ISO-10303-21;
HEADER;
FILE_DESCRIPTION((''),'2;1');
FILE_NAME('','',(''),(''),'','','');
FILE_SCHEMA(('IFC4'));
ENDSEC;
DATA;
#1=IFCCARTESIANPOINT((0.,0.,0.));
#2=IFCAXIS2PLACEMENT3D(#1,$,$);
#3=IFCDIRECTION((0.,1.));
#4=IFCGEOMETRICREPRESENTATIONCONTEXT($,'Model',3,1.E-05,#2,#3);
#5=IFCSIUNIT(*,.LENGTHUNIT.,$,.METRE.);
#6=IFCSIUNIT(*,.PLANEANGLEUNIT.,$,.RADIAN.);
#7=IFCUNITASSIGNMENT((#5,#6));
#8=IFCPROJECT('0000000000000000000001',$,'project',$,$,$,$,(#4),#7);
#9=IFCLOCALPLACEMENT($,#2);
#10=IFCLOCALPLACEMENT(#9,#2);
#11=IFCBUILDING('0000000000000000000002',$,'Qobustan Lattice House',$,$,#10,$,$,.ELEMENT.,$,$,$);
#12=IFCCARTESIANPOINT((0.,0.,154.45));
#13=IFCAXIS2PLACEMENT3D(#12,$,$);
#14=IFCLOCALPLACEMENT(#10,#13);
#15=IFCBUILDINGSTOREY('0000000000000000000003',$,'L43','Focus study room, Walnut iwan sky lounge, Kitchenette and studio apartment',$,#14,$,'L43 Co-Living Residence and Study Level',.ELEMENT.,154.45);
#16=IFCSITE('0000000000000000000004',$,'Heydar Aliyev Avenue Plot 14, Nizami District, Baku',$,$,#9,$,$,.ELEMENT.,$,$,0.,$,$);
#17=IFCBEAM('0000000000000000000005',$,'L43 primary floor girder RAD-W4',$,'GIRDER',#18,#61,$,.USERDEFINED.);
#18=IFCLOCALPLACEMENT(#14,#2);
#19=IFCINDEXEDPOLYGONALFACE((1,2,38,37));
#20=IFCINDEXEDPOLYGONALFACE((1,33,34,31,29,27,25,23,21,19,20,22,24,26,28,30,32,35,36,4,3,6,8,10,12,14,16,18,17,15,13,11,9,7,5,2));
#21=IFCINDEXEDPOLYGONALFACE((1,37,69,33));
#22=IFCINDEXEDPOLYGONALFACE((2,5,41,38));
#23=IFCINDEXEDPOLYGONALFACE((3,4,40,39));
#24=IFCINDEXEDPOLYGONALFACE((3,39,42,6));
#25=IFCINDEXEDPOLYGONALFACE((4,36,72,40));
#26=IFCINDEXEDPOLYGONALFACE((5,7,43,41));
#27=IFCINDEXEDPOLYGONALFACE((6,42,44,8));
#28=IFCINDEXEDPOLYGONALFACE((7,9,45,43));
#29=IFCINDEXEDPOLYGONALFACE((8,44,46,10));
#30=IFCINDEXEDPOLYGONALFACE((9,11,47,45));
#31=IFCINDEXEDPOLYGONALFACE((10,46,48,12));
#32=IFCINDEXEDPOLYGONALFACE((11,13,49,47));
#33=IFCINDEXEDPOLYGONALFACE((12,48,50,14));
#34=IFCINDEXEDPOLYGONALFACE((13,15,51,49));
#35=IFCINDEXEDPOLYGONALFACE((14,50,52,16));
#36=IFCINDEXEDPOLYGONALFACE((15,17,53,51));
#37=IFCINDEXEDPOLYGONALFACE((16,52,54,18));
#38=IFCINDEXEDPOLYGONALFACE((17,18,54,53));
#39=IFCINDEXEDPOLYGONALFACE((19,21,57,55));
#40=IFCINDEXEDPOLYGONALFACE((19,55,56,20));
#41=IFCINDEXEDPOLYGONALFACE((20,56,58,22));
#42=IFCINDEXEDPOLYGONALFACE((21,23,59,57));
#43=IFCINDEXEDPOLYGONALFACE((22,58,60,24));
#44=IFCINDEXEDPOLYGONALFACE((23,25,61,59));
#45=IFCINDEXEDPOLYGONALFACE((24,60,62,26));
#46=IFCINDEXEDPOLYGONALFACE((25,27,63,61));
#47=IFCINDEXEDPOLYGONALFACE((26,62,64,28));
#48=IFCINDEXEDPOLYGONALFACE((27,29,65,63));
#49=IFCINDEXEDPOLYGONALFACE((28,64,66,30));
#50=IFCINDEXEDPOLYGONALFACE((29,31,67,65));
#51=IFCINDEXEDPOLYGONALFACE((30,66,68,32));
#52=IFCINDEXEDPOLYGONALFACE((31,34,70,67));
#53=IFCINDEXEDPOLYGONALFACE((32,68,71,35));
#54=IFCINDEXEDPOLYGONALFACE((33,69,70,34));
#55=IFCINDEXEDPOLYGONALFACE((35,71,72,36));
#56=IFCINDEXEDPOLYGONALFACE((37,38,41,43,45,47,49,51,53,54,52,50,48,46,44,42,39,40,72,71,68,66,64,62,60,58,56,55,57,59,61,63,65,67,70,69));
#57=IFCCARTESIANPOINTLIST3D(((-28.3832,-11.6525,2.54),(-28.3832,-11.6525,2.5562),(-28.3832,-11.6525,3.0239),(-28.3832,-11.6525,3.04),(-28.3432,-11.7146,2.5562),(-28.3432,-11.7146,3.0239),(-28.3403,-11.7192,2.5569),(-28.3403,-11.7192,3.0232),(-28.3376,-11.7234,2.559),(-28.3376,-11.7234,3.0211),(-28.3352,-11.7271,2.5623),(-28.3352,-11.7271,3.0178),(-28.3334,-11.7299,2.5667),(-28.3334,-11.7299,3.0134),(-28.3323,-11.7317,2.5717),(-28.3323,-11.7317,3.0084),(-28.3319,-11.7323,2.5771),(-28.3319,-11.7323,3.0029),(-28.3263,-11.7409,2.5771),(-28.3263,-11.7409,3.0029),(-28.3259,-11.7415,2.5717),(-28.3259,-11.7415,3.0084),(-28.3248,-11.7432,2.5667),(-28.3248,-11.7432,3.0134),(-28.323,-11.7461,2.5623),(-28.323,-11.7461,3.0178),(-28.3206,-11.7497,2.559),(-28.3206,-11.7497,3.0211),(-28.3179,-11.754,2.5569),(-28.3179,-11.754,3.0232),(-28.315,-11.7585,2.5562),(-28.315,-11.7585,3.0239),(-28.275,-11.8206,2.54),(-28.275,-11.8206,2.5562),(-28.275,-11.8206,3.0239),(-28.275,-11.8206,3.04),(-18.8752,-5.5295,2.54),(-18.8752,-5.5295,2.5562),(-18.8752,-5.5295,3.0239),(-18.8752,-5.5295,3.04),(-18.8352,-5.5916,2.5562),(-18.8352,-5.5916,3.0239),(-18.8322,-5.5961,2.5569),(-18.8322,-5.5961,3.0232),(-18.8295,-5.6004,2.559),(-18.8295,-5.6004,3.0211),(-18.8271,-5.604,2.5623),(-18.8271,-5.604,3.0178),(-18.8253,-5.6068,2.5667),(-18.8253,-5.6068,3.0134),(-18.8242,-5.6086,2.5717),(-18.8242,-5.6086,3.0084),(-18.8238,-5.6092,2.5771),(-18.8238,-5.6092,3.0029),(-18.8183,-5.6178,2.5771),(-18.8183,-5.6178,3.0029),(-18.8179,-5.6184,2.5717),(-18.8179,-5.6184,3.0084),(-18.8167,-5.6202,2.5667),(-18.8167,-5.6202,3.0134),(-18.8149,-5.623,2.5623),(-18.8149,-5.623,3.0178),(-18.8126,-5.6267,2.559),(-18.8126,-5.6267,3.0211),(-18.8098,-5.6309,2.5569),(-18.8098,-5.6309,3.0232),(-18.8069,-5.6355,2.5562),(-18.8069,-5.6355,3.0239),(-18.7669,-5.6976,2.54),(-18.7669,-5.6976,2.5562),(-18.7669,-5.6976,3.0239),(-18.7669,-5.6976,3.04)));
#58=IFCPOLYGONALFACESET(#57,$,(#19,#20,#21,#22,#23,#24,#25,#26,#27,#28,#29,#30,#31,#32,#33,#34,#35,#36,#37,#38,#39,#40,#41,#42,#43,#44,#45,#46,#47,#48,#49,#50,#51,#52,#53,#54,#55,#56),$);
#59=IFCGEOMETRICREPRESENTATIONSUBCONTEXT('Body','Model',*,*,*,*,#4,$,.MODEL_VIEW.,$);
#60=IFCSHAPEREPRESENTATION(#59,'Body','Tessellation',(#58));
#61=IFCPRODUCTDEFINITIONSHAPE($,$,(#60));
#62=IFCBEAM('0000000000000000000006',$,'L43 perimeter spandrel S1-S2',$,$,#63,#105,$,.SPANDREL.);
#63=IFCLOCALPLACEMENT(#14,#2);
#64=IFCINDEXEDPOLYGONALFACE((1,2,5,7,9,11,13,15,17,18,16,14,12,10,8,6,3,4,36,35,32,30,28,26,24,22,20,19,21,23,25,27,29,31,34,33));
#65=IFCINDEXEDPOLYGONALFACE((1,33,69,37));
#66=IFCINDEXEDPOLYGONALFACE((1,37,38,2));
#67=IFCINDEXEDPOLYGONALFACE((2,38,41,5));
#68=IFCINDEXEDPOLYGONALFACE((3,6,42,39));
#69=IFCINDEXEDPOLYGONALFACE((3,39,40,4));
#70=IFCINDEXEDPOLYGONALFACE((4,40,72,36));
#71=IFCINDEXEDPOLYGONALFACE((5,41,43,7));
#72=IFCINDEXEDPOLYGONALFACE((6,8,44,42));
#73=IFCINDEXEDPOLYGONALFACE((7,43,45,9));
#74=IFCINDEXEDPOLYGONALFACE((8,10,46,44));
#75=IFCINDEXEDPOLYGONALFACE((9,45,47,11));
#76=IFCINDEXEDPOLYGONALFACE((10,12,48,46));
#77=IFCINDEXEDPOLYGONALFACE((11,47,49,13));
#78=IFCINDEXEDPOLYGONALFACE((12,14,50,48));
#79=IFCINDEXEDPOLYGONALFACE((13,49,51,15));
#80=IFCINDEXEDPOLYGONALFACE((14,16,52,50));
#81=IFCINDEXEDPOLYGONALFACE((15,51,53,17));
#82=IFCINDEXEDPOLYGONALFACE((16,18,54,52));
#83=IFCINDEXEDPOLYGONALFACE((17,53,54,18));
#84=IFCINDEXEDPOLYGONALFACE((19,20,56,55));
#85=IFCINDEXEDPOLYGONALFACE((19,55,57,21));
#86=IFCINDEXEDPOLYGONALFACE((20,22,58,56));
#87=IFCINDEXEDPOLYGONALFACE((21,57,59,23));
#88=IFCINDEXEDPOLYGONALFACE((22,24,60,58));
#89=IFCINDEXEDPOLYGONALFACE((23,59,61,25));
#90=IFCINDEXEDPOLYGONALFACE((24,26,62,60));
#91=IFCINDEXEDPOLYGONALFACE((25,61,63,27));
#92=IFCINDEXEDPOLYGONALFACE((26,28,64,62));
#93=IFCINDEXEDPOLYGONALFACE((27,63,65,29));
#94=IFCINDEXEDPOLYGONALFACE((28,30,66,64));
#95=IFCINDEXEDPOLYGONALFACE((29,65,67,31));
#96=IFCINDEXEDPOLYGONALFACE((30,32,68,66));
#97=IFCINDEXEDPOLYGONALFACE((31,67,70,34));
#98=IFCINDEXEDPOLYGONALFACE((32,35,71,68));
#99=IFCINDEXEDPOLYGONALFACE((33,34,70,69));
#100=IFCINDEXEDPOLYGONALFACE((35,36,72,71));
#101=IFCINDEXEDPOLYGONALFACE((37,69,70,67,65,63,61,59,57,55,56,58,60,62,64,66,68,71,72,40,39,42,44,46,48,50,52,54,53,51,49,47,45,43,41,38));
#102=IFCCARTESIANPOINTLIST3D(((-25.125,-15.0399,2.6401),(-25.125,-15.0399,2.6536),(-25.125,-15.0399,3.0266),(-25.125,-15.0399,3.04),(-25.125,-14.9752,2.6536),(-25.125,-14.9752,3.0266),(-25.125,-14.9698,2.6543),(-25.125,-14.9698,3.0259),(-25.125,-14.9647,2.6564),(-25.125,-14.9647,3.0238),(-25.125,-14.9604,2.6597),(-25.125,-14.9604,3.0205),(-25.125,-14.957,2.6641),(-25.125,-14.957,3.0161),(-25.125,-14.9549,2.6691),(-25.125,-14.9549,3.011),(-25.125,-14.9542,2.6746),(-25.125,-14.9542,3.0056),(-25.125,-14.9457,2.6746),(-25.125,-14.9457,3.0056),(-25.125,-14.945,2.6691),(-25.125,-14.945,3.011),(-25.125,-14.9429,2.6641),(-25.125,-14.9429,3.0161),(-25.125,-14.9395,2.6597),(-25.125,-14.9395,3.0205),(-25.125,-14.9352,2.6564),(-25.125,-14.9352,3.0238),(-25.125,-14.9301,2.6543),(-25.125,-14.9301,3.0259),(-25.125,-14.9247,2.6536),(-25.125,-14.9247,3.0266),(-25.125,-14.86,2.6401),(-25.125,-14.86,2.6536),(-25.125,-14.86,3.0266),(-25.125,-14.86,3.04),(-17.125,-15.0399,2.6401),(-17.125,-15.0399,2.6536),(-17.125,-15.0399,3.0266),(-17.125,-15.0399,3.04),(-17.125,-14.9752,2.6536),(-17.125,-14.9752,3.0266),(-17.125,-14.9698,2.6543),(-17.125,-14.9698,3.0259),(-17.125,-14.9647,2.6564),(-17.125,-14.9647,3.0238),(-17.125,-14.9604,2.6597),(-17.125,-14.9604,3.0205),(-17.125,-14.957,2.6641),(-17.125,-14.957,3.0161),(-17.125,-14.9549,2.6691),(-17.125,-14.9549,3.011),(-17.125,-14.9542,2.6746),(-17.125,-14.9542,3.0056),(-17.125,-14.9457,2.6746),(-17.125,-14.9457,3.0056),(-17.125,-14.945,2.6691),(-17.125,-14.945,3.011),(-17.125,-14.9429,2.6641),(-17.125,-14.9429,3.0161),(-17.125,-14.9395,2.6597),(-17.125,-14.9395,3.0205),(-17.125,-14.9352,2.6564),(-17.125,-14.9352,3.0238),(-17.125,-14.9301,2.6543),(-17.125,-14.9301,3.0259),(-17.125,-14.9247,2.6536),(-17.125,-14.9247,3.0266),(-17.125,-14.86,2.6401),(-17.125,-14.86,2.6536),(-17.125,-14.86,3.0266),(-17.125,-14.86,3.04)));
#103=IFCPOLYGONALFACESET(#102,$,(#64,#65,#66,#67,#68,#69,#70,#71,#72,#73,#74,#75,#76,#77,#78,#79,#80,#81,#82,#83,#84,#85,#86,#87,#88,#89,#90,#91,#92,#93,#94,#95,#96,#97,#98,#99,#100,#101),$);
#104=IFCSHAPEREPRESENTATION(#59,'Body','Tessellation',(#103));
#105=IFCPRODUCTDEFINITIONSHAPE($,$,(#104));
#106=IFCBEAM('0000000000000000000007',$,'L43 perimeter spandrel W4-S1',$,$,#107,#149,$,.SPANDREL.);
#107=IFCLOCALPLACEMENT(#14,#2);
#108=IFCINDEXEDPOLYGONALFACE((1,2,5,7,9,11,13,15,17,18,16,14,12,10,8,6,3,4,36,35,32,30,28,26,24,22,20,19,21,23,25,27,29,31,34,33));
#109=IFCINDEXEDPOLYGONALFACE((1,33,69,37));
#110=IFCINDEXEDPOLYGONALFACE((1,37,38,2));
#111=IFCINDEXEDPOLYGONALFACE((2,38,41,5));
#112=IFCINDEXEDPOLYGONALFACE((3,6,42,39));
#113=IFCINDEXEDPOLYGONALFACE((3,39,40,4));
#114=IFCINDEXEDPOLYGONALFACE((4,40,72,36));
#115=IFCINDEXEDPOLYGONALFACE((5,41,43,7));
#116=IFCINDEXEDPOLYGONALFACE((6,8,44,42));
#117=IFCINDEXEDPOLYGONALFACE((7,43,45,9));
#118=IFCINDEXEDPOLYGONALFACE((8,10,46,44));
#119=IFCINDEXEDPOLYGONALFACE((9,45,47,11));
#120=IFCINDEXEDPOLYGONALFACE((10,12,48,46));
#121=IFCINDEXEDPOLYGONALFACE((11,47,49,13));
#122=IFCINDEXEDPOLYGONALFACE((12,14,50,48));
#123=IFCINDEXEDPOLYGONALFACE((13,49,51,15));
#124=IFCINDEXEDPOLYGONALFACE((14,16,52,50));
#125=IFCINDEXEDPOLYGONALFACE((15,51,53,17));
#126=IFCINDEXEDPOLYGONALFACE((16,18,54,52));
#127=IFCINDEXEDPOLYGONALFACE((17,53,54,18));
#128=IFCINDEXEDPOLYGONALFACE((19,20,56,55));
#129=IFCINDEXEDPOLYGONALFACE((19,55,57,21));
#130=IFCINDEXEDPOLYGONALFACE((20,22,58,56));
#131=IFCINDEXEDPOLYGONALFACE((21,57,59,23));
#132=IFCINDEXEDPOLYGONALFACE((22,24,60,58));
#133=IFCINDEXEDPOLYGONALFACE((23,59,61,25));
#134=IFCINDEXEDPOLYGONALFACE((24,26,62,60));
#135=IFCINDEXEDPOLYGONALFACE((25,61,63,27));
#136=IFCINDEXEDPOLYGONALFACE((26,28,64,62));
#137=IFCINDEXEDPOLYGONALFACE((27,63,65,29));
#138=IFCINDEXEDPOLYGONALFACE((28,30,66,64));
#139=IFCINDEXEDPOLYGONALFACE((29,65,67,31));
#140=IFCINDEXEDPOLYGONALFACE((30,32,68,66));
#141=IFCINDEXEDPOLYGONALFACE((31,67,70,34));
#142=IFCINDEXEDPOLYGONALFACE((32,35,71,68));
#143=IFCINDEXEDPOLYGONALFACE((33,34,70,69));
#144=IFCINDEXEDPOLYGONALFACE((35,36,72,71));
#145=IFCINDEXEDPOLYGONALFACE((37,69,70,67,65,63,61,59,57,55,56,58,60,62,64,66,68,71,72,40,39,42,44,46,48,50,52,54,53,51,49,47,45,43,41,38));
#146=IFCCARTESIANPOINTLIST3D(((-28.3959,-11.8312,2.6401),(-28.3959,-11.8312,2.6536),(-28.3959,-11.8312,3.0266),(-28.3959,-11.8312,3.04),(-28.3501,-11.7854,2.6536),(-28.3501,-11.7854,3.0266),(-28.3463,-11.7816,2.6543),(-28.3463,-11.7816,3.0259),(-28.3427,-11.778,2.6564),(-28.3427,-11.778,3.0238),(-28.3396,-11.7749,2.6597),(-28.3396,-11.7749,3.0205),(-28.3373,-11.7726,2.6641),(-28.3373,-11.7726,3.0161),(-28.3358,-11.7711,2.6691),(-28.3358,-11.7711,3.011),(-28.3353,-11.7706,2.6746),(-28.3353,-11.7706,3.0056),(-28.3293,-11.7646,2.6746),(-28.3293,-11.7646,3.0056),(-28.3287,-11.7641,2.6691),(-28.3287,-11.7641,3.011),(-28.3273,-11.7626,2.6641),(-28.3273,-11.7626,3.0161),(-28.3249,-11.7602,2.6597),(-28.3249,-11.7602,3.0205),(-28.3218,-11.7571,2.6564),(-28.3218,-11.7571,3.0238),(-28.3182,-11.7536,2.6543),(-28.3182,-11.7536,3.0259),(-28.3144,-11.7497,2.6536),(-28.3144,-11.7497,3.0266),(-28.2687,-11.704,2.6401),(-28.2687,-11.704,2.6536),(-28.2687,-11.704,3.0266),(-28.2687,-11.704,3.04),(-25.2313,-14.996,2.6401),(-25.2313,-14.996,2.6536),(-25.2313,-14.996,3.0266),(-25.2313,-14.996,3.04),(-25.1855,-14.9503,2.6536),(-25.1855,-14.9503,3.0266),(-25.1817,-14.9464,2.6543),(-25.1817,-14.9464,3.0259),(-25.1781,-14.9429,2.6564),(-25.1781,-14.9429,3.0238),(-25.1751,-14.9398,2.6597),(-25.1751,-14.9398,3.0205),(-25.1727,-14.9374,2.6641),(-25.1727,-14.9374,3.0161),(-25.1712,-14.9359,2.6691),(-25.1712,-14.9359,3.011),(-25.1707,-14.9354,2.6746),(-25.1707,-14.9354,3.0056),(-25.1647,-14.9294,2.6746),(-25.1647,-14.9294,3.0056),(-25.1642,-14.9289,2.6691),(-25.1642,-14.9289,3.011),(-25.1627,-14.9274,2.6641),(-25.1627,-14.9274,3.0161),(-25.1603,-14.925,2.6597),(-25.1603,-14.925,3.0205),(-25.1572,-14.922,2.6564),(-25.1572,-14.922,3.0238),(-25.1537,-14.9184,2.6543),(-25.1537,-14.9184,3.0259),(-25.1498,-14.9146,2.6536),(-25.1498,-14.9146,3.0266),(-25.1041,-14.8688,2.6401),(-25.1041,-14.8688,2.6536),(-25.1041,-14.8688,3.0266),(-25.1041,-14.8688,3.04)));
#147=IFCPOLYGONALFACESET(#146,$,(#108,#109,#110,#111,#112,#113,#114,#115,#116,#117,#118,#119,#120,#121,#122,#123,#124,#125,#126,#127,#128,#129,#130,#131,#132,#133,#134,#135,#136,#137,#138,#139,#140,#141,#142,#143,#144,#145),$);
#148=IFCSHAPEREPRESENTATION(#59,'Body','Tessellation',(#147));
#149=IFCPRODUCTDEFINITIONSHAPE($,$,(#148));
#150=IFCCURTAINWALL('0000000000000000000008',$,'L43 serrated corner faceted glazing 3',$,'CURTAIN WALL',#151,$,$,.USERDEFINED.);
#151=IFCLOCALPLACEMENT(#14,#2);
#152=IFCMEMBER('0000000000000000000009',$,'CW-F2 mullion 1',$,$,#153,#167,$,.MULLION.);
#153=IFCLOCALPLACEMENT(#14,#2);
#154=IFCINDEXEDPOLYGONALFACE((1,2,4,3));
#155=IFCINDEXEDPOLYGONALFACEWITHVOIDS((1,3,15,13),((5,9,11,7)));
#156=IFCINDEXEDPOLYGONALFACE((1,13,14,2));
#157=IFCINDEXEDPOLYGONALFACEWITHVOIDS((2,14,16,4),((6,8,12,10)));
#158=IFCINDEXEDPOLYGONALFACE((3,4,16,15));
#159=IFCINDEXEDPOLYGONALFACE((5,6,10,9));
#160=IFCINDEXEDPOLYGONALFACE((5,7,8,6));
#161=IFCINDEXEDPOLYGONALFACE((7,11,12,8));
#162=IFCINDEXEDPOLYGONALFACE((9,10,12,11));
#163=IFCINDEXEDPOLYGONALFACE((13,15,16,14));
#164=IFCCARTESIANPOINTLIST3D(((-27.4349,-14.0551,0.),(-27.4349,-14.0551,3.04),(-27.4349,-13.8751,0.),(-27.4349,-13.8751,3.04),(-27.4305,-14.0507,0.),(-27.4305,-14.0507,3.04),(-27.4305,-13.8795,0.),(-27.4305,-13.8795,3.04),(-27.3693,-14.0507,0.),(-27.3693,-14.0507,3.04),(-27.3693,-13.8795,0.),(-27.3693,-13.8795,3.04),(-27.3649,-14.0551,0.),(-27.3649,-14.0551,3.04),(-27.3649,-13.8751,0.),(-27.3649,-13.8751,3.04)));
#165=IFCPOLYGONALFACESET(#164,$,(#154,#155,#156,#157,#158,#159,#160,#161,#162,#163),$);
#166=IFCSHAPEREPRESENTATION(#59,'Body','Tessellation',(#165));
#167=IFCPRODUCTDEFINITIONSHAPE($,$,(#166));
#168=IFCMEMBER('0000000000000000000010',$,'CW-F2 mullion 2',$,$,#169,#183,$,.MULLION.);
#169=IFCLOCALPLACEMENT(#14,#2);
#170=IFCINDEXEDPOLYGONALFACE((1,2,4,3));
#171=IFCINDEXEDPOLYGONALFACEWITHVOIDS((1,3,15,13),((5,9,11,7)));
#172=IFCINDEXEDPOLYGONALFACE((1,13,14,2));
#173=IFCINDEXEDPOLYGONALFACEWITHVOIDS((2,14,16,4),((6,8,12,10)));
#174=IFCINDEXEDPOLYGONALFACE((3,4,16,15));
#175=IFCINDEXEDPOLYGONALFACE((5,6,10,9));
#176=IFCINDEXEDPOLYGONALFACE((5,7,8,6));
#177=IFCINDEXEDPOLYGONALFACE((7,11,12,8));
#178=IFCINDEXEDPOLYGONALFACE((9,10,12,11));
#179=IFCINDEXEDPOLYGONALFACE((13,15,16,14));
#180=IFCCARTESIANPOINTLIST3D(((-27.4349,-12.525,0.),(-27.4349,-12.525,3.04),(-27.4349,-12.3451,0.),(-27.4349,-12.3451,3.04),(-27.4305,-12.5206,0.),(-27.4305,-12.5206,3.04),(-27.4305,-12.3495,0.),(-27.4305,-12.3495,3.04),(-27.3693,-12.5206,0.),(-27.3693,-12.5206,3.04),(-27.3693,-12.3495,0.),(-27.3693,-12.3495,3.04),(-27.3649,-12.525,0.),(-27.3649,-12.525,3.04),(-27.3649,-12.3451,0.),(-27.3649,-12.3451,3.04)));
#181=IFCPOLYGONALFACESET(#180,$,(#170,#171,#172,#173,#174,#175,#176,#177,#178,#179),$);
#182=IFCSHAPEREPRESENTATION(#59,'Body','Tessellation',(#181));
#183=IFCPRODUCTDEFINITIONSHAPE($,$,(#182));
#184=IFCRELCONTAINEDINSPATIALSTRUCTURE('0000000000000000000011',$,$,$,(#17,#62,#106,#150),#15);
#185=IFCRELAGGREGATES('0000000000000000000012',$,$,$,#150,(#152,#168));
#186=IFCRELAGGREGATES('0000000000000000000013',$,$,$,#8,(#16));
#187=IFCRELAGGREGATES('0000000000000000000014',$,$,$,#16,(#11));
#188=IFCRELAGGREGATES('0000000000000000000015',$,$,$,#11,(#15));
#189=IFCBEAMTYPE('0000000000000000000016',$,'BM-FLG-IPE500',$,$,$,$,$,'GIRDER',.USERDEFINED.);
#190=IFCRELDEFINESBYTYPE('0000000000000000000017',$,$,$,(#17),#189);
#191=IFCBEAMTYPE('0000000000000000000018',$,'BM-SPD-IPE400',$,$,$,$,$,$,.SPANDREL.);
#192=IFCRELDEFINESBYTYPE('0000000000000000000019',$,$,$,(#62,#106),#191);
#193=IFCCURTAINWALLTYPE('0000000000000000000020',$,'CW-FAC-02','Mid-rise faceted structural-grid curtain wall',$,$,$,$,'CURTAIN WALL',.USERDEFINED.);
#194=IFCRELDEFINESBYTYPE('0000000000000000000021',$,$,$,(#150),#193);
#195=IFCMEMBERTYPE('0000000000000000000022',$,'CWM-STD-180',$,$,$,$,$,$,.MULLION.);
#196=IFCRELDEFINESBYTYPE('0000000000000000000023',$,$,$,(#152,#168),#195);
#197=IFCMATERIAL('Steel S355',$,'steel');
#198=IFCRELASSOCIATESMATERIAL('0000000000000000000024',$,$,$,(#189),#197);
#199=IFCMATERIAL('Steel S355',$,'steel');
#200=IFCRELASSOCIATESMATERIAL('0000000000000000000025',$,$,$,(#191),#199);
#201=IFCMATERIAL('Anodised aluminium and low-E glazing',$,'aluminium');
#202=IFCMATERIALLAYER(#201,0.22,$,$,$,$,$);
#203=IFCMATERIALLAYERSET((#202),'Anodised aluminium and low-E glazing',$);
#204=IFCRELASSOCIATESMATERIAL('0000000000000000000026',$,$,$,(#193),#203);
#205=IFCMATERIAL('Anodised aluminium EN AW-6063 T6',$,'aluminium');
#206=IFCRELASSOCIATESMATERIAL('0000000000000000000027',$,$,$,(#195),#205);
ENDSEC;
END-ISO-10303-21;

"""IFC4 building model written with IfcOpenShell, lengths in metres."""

from ifc_helpers import new_model, si_unit, direction, frame, origin, origin_2d, place, context, subcontext, project, spatial, hollow_rectangle, i_section, extrude, material, layer, layer_set, material_profile, profile_set, type_object, element, aggregate, save


model = new_model("IFC4")

# Units and contexts
model_context = context("Model", 3, precision=1e-05, world=origin(), true_north=direction((0.0, 1.0)))
body_context = subcontext(model_context, "Body", "Model", "MODEL_VIEW")
ifc_project = project(units=[si_unit("LENGTHUNIT", "METRE"), si_unit("PLANEANGLEUNIT", "RADIAN")], contexts=[model_context])

# Site, building, storey
site_placement = place(None, origin())
site = spatial("IfcSite", under=ifc_project, at=site_placement, Name="Heydar Aliyev Avenue Plot 14, Nizami District, Baku", CompositionType="ELEMENT", RefElevation=0.0)
building_placement = place(site_placement, origin())
building = spatial("IfcBuilding", under=site, at=building_placement, Name="Qobustan Lattice House", CompositionType="ELEMENT")
storey_placement = place(building_placement, frame((0.0, 0.0, 154.45)))
storey = spatial("IfcBuildingStorey", under=building, at=storey_placement, Name="L43", Description="Focus study room, Walnut iwan sky lounge, Kitchenette and studio apartment", LongName="L43 Co-Living Residence and Study Level", CompositionType="ELEMENT", Elevation=154.45)

# Beams
ifc_material_1 = material(Name="Steel S355", Category="steel")
ifc_material_profile_1 = material_profile(ifc_material_1, i_section(OverallWidth=0.2, OverallDepth=0.5, WebThickness=0.0103, FlangeThickness=0.0161, FilletRadius=0.021, at=origin_2d()), Name="IPE500")
ifc_profile_set_1 = profile_set([ifc_material_profile_1], Name="Steel S355")
beam_type_1 = type_object("IfcBeamType", Name="BM-FLG-IPE500", ElementType="GIRDER", PredefinedType="USERDEFINED", material=ifc_profile_set_1)
beam_1_placement = place(storey_placement, frame((-28.3291, -11.7366, 2.79), z_axis=(0.840747, 0.541428, 0.0), x_axis=(-0.541428, 0.840747, 0.0)))
element("IfcBeam", 1, at=beam_1_placement, inside=storey, type_object=beam_type_1, Name="L43 primary floor girder RAD-W4", ObjectType="GIRDER", PredefinedType="USERDEFINED", context=body_context, shape_type="SweptSolid", body=[
    extrude(i_section(OverallWidth=0.2, OverallDepth=0.5, WebThickness=0.0103, FlangeThickness=0.0161, FilletRadius=0.021, at=origin_2d()), origin(), (0.0, 0.0, 1.0), 11.3091),
])
ifc_material_2 = material(Name="Steel S355", Category="steel")
ifc_material_profile_2 = material_profile(ifc_material_2, i_section(OverallWidth=0.1799, OverallDepth=0.3999, WebThickness=0.0085, FlangeThickness=0.0134, FilletRadius=0.021, at=origin_2d()), Name="IPE400")
ifc_profile_set_2 = profile_set([ifc_material_profile_2], Name="Steel S355")
beam_type_2 = type_object("IfcBeamType", Name="BM-SPD-IPE400", PredefinedType="SPANDREL", material=ifc_profile_set_2)
beam_2_placement = place(storey_placement, frame((-25.125, -14.95, 2.8401), z_axis=(1.0, 0.0, 0.0), x_axis=(0.0, 1.0, 0.0)))
element("IfcBeam", 2, at=beam_2_placement, inside=storey, type_object=beam_type_2, Name="L43 perimeter spandrel S1-S2", PredefinedType="SPANDREL", context=body_context, shape_type="SweptSolid", body=[
    extrude(i_section(OverallWidth=0.1799, OverallDepth=0.3999, WebThickness=0.0085, FlangeThickness=0.0134, FilletRadius=0.021, at=origin_2d()), origin(), (0.0, 0.0, 1.0), 8.0),
])
beam_3_placement = place(storey_placement, frame((-28.3323, -11.7676, 2.8401), z_axis=(0.70708, -0.707134, 0.0), x_axis=(0.707134, 0.70708, 0.0)))
element("IfcBeam", 3, at=beam_3_placement, inside=storey, type_object=beam_type_2, Name="L43 perimeter spandrel W4-S1", PredefinedType="SPANDREL", context=body_context, shape_type="SweptSolid", body=[
    extrude(i_section(OverallWidth=0.1799, OverallDepth=0.3999, WebThickness=0.0085, FlangeThickness=0.0134, FilletRadius=0.021, at=origin_2d()), origin(), (0.0, 0.0, 1.0), 4.4756),
])

# Curtain wall, members
ifc_material_3 = material(Name="Anodised aluminium and low-E glazing", Category="aluminium")
ifc_layer_1 = layer(ifc_material_3, 0.22)
ifc_layer_set_1 = layer_set([ifc_layer_1], Name="Anodised aluminium and low-E glazing")
curtain_wall_type = type_object("IfcCurtainWallType", Name="CW-FAC-02", Description="Mid-rise faceted structural-grid curtain wall", ElementType="CURTAIN WALL", PredefinedType="USERDEFINED", material=ifc_layer_set_1)
curtain_wall_placement = place(storey_placement, origin())
curtain_wall = element("IfcCurtainWall", 4, at=curtain_wall_placement, inside=storey, type_object=curtain_wall_type, Name="L43 serrated corner faceted glazing 3", ObjectType="CURTAIN WALL", PredefinedType="USERDEFINED")
ifc_material_4 = material(Name="Anodised aluminium EN AW-6063 T6", Category="aluminium")
ifc_material_profile_3 = material_profile(ifc_material_4, hollow_rectangle(XDim=0.0701, YDim=0.1799, WallThickness=0.0044, at=origin_2d()), Name="CWM-180x70")
ifc_profile_set_3 = profile_set([ifc_material_profile_3], Name="Anodised aluminium EN AW-6063 T6")
member_type_1 = type_object("IfcMemberType", Name="CWM-STD-180", PredefinedType="MULLION", material=ifc_profile_set_3)
member_1_placement = place(storey_placement, frame((-27.3999, -13.9651, 0.0), z_axis=(0.0, 0.0, 1.0), x_axis=(-1.0, 0.0, 0.0)))
member_1 = element("IfcMember", 5, at=member_1_placement, type_object=member_type_1, Name="CW-F2 mullion 1", PredefinedType="MULLION", context=body_context, shape_type="SweptSolid", body=[
    extrude(hollow_rectangle(XDim=0.0701, YDim=0.1799, WallThickness=0.0044, at=origin_2d()), origin(), (0.0, 0.0, 1.0), 3.04),
])
member_2_placement = place(storey_placement, frame((-27.3999, -12.4351, 0.0), z_axis=(0.0, 0.0, 1.0), x_axis=(-1.0, 0.0, 0.0)))
member_2 = element("IfcMember", 6, at=member_2_placement, type_object=member_type_1, Name="CW-F2 mullion 2", PredefinedType="MULLION", context=body_context, shape_type="SweptSolid", body=[
    extrude(hollow_rectangle(XDim=0.0701, YDim=0.1799, WallThickness=0.0044, at=origin_2d()), origin(), (0.0, 0.0, 1.0), 3.04),
])
aggregate(curtain_wall, [member_1, member_2])

save(model, "model.ifc")
